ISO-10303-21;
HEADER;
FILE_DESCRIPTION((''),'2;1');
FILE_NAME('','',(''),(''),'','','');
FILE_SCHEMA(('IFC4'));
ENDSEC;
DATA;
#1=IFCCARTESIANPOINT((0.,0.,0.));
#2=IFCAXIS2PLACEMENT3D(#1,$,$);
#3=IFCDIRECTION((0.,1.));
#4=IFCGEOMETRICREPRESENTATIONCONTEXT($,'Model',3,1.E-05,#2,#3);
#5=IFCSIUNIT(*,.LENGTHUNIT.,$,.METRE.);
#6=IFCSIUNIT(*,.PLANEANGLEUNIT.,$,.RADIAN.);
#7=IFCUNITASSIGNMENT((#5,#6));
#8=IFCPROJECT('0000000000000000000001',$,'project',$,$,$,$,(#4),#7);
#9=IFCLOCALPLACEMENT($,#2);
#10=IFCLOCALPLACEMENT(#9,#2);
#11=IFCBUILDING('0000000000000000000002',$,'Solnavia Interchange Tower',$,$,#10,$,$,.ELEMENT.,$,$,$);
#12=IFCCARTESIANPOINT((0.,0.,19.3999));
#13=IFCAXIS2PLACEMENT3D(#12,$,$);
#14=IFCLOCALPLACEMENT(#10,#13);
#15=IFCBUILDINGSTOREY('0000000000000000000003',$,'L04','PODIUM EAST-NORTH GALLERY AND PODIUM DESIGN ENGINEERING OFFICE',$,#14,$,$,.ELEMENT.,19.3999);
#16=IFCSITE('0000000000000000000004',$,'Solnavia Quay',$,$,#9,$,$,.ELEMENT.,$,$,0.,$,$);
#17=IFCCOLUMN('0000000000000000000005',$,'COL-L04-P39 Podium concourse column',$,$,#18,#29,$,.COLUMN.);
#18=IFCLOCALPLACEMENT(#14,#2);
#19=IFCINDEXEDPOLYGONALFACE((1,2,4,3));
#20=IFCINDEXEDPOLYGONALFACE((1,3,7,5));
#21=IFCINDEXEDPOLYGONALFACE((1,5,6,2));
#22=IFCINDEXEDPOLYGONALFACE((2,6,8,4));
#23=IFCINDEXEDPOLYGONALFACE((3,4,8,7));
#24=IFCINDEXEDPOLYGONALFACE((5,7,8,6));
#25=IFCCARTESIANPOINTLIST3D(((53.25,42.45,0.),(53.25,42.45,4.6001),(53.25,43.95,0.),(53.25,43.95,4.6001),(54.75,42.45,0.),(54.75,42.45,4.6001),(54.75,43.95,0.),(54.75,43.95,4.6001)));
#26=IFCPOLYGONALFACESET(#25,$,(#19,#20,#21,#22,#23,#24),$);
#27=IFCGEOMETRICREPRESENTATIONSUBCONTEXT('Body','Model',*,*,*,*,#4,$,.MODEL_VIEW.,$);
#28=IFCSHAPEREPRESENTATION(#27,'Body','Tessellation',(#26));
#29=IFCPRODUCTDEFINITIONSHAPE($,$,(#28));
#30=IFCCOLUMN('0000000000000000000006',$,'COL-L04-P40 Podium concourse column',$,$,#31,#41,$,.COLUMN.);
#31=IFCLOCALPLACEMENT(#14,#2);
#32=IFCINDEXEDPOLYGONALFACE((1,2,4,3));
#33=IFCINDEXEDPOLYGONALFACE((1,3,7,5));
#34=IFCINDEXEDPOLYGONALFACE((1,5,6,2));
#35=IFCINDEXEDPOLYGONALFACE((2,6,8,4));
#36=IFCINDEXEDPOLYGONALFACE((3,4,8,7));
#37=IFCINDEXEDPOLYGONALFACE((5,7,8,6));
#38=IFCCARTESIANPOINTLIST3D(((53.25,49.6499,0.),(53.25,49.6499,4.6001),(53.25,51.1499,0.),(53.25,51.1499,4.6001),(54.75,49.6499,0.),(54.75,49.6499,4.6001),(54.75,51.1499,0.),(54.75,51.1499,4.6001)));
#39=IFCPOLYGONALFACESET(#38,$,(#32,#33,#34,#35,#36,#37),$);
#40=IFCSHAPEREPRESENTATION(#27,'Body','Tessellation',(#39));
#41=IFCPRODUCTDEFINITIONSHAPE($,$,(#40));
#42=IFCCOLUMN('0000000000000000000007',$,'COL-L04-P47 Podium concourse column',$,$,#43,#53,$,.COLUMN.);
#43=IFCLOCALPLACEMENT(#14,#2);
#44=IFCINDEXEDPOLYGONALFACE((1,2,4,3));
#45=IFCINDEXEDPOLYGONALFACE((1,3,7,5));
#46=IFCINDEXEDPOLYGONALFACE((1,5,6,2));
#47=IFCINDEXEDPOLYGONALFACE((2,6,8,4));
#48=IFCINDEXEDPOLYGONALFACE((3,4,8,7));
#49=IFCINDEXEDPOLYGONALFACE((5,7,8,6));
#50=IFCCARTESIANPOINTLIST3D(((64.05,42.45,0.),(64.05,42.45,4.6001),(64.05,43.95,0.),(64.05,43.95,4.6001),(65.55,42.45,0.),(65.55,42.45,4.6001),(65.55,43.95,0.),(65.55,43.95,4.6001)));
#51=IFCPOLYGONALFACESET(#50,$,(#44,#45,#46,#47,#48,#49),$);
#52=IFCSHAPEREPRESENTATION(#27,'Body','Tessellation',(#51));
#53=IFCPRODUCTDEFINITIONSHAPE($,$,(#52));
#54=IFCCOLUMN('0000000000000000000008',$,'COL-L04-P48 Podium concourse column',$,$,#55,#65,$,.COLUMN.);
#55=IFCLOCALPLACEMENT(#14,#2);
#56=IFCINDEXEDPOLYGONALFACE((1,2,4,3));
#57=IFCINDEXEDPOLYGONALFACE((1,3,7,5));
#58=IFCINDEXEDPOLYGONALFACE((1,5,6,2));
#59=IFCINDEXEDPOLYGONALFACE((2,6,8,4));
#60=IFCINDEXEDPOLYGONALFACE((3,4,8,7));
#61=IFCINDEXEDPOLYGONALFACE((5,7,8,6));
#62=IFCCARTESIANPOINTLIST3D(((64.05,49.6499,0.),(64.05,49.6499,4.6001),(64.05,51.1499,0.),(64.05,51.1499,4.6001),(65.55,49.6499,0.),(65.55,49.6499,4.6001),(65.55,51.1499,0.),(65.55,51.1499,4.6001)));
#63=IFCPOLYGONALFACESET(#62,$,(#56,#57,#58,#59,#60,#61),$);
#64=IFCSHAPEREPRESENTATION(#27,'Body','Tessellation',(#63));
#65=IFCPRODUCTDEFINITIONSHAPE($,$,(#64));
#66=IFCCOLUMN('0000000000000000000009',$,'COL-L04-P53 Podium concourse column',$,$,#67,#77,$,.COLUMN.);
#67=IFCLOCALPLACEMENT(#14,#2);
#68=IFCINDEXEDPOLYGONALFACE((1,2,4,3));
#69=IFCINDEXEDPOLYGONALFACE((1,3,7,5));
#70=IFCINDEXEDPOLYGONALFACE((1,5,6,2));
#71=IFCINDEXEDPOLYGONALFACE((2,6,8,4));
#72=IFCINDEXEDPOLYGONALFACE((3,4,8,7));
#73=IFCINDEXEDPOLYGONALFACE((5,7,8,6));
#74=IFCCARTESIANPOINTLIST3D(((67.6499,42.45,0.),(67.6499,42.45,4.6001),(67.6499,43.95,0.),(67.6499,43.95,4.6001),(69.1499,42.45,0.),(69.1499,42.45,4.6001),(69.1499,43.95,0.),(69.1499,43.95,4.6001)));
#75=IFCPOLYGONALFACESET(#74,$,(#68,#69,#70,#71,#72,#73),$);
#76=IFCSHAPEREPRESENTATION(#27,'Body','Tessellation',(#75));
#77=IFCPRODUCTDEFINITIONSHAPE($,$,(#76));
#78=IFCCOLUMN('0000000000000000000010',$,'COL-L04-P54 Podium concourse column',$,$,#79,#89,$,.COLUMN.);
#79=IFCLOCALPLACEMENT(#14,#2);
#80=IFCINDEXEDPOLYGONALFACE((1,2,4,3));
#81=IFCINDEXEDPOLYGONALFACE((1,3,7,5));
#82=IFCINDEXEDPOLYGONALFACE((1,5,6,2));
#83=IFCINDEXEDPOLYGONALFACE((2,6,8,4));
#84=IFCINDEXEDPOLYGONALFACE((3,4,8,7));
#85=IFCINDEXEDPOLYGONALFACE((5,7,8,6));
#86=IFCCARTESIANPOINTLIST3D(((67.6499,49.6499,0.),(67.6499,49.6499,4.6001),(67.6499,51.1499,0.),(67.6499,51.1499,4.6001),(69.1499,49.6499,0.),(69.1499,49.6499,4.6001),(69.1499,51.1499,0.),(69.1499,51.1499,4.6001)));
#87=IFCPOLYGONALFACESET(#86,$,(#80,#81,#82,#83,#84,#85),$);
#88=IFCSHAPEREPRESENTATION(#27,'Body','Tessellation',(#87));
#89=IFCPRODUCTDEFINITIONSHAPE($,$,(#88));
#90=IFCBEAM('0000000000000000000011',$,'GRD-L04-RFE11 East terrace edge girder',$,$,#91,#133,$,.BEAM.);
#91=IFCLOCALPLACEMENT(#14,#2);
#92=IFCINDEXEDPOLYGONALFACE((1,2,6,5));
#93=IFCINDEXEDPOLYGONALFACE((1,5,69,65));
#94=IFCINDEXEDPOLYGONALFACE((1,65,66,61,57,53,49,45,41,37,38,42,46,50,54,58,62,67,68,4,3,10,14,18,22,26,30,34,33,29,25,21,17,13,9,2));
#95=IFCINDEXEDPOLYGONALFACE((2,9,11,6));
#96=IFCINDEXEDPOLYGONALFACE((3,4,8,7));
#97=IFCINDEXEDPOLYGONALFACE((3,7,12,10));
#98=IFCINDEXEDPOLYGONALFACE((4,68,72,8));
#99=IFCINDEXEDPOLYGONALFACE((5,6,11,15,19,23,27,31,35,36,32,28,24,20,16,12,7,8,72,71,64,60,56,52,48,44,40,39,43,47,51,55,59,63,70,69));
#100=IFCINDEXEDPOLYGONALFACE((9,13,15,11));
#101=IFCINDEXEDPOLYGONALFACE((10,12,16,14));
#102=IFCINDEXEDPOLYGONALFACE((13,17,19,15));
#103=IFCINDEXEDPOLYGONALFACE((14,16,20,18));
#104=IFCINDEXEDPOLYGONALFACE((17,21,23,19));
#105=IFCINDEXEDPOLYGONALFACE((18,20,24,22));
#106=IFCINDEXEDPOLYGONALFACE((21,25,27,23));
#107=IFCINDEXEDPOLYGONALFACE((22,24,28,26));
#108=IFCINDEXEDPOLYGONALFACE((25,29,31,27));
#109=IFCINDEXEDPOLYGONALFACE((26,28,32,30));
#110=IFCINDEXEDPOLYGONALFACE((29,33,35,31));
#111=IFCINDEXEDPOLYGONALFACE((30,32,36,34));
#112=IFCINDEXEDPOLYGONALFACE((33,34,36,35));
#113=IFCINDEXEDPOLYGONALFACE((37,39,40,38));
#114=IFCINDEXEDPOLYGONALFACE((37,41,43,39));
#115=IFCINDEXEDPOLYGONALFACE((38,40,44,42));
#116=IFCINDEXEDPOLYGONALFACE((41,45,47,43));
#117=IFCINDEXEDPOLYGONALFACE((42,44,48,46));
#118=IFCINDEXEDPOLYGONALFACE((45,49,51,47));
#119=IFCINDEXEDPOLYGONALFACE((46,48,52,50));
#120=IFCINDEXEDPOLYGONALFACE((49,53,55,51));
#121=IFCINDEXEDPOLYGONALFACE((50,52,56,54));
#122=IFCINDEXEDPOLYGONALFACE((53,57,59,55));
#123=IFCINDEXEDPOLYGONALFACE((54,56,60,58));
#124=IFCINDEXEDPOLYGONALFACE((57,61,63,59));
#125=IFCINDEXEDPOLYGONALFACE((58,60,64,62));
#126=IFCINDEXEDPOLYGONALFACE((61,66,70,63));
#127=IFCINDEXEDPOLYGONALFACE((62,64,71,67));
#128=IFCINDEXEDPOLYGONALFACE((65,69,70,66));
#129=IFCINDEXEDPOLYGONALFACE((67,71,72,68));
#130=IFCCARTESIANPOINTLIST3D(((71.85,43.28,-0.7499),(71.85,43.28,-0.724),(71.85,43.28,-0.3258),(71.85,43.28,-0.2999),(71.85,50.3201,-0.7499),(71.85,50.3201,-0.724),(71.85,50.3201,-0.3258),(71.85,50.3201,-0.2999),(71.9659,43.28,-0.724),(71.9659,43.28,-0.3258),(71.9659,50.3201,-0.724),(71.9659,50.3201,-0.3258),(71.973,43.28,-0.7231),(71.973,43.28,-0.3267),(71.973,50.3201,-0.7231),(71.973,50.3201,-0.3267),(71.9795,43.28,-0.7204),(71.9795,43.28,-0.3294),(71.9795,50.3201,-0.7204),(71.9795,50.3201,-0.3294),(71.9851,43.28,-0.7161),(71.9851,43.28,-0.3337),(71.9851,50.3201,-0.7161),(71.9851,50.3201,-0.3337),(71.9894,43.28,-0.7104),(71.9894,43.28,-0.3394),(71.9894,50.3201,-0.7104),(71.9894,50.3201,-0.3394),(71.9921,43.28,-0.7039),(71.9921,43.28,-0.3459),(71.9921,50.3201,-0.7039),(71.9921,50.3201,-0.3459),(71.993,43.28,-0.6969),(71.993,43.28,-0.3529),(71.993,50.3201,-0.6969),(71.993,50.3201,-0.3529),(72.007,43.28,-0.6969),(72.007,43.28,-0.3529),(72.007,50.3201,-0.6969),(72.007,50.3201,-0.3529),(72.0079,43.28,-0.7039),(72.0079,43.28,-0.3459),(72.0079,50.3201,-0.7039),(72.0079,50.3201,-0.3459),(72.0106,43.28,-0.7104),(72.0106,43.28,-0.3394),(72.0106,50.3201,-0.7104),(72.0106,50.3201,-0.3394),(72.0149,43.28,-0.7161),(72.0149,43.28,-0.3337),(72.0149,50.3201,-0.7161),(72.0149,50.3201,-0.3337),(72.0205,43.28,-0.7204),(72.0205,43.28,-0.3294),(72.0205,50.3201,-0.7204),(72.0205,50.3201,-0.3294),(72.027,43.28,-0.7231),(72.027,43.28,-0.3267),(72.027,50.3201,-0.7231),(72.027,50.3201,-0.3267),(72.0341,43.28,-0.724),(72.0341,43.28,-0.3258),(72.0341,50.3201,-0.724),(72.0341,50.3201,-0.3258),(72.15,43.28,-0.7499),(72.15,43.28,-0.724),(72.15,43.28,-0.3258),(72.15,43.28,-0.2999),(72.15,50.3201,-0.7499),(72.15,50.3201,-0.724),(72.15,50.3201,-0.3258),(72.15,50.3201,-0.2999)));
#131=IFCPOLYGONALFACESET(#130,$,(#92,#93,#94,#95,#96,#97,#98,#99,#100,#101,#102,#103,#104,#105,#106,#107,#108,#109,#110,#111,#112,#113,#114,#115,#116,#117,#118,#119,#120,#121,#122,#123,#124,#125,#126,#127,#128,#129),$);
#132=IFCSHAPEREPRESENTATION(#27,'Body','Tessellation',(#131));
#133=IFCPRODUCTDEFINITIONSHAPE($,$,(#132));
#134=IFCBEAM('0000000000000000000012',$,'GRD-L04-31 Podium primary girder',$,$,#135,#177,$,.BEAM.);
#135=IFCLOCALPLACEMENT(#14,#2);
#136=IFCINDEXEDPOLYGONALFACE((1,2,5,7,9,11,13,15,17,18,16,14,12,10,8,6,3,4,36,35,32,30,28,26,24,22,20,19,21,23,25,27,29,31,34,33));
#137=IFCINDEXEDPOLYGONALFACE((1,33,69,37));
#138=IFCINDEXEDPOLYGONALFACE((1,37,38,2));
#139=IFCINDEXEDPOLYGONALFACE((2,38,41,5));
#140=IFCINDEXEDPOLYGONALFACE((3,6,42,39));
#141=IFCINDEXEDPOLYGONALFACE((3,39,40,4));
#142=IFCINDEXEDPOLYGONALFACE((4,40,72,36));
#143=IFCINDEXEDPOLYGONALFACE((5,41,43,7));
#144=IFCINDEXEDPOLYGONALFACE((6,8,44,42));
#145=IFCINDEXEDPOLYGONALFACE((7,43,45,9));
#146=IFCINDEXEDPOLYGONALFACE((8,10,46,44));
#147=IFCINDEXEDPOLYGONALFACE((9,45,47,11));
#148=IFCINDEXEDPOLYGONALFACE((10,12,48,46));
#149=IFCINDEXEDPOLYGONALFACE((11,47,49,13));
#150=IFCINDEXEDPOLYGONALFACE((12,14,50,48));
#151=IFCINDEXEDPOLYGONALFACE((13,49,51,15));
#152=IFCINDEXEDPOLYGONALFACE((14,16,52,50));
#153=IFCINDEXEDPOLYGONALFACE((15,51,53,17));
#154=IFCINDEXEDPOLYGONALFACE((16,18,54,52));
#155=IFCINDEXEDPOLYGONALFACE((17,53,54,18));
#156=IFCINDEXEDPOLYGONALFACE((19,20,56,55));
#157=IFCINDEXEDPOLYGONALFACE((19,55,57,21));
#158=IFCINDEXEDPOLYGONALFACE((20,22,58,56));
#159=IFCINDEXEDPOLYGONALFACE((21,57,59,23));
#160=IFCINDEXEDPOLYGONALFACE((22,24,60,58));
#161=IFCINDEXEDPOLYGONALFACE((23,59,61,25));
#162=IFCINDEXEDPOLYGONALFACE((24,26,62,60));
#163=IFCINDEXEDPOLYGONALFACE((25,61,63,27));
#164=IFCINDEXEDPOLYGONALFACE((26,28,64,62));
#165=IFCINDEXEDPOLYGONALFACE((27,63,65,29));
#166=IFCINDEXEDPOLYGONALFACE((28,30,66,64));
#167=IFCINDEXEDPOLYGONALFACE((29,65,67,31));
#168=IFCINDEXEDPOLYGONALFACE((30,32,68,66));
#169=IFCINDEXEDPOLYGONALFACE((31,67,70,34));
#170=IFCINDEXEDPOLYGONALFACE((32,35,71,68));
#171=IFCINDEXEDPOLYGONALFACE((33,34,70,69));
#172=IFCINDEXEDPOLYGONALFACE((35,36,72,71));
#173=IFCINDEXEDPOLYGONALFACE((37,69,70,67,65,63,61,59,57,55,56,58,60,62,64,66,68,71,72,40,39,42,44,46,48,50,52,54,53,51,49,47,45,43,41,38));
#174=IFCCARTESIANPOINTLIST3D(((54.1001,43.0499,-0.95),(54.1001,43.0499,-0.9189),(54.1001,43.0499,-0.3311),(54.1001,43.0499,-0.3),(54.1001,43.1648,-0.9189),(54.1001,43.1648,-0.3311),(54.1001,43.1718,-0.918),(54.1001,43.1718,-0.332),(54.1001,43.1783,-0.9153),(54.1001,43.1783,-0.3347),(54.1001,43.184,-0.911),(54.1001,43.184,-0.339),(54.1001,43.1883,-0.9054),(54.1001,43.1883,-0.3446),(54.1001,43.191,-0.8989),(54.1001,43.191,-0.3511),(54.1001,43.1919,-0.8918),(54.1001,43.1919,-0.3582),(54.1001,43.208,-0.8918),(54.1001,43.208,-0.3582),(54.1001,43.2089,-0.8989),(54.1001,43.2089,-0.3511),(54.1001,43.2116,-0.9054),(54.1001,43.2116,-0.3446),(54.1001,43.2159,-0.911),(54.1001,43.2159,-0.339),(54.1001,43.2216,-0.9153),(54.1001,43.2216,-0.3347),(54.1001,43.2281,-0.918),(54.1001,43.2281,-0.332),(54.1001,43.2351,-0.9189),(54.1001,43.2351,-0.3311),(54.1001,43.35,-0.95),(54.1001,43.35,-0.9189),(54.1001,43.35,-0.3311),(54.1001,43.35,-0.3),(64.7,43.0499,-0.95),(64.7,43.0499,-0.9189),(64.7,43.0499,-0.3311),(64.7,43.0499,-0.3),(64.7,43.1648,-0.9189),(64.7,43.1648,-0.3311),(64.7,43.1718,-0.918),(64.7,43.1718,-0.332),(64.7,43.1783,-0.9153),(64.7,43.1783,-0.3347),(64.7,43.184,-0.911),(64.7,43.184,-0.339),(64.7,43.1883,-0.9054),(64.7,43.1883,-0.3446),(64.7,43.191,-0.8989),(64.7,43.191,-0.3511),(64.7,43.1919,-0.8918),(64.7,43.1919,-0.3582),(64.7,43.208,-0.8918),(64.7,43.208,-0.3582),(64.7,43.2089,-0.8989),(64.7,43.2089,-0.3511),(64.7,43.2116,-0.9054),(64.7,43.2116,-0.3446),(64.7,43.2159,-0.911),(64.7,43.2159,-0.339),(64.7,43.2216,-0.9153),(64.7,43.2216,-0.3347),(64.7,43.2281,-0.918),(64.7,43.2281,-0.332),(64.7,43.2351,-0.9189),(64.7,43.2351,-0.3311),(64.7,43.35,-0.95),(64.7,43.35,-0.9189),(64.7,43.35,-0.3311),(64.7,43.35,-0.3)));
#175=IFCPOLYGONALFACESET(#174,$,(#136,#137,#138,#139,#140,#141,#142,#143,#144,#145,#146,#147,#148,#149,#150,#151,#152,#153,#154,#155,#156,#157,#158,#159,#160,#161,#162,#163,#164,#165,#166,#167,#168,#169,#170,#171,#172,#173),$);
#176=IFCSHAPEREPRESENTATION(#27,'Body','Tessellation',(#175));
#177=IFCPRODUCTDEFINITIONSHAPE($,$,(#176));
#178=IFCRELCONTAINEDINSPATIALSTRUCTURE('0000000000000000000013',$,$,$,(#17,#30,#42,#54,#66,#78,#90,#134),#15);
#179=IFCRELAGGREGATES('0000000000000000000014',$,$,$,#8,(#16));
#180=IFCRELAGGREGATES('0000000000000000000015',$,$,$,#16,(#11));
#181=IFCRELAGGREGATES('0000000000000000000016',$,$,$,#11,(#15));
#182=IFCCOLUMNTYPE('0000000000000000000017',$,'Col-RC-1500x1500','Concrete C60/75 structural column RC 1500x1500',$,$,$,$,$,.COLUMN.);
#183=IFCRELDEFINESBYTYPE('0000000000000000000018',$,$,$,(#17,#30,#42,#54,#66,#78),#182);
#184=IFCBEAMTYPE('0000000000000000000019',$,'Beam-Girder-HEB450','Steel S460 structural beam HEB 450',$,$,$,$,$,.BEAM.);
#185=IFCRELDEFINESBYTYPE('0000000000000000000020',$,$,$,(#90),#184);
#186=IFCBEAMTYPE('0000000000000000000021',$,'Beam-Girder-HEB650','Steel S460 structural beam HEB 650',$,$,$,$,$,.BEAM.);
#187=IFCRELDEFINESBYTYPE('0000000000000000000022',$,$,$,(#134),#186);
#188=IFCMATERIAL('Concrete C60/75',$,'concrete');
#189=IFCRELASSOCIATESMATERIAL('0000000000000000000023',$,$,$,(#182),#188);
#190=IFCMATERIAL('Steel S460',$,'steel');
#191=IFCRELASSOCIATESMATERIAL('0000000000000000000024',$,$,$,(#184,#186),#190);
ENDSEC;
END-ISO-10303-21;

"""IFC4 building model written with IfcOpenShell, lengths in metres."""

from ifc_helpers import new_model, si_unit, direction, frame, origin, origin_2d, place, context, subcontext, project, spatial, rectangle, i_section, extrude, material, material_profile, profile_set, type_object, element, save


model = new_model("IFC4")

# Units and contexts
model_context = context("Model", 3, precision=1e-05, world=origin(), true_north=direction((0.0, 1.0)))
body_context = subcontext(model_context, "Body", "Model", "MODEL_VIEW")
ifc_project = project(units=[si_unit("LENGTHUNIT", "METRE"), si_unit("PLANEANGLEUNIT", "RADIAN")], contexts=[model_context])

# Site, building, storey
site_placement = place(None, origin())
site = spatial("IfcSite", under=ifc_project, at=site_placement, Name="Solnavia Quay", CompositionType="ELEMENT", RefElevation=0.0)
building_placement = place(site_placement, origin())
building = spatial("IfcBuilding", under=site, at=building_placement, Name="Solnavia Interchange Tower", CompositionType="ELEMENT")
storey_placement = place(building_placement, frame((0.0, 0.0, 19.3999)))
storey = spatial("IfcBuildingStorey", under=building, at=storey_placement, Name="L04", Description="PODIUM EAST-NORTH GALLERY AND PODIUM DESIGN ENGINEERING OFFICE", CompositionType="ELEMENT", Elevation=19.3999)

# Columns
ifc_material_1 = material(Name="Concrete C60/75", Category="concrete")
ifc_material_profile_1 = material_profile(ifc_material_1, rectangle(XDim=1.5, YDim=1.5, at=origin_2d()), Name="RC 1500x1500")
ifc_profile_set_1 = profile_set([ifc_material_profile_1], Name="Concrete C60/75")
column_type = type_object("IfcColumnType", Name="Col-RC-1500x1500", Description="Concrete C60/75 structural column RC 1500x1500", PredefinedType="COLUMN", material=ifc_profile_set_1)
for number, where, z_axis, x_axis, name in (
    (1, (54.0, 43.2, 0.0), (0.0, 0.0, 1.0), (1.0, 0.0, 0.0), "COL-L04-P39 Podium concourse column"),
    (2, (54.0, 50.3999, 0.0), (0.0, 0.0, 1.0), (1.0, 0.0, 0.0), "COL-L04-P40 Podium concourse column"),
    (3, (64.8, 43.2, 0.0), (0.0, 0.0, 1.0), (1.0, 0.0, 0.0), "COL-L04-P47 Podium concourse column"),
    (4, (64.8, 50.3999, 0.0), (0.0, 0.0, 1.0), (1.0, 0.0, 0.0), "COL-L04-P48 Podium concourse column"),
    (5, (68.3999, 43.2, 0.0), (0.0, 0.0, 1.0), (1.0, 0.0, 0.0), "COL-L04-P53 Podium concourse column"),
    (6, (68.3999, 50.3999, 0.0), (0.0, 0.0, 1.0), (1.0, 0.0, 0.0), "COL-L04-P54 Podium concourse column"),
):
    element("IfcColumn", number, at=place(storey_placement, frame(where, z_axis=z_axis, x_axis=x_axis)), inside=storey, type_object=column_type, Name=name, PredefinedType="COLUMN", context=body_context, shape_type="SweptSolid", body=[
        extrude(rectangle(XDim=1.5, YDim=1.5, at=origin_2d()), origin(), (0.0, 0.0, 1.0), 4.6001),
    ])

# Beams
ifc_material_2 = material(Name="Steel S460", Category="steel")
ifc_material_profile_2 = material_profile(ifc_material_2, i_section(OverallWidth=0.3, OverallDepth=0.45, WebThickness=0.0139, FlangeThickness=0.0259, FilletRadius=0.0271, at=origin_2d()), Name="HEB 450")
ifc_profile_set_2 = profile_set([ifc_material_profile_2], Name="Steel S460")
beam_type_1 = type_object("IfcBeamType", Name="Beam-Girder-HEB450", Description="Steel S460 structural beam HEB 450", PredefinedType="BEAM", material=ifc_profile_set_2)
beam_placement = place(storey_placement, frame((72.0, 43.28, -0.5249), z_axis=(0.0, 1.0, 0.0), x_axis=(-1.0, 0.0, 0.0)))
element("IfcBeam", 7, at=beam_placement, inside=storey, type_object=beam_type_1, Name="GRD-L04-RFE11 East terrace edge girder", PredefinedType="BEAM", context=body_context, shape_type="SweptSolid", body=[
    extrude(i_section(OverallWidth=0.3, OverallDepth=0.45, WebThickness=0.0139, FlangeThickness=0.0259, FilletRadius=0.0271, at=origin_2d()), origin(), (0.0, 0.0, 1.0), 7.04),
])
ifc_material_profile_3 = material_profile(ifc_material_2, i_section(OverallWidth=0.3, OverallDepth=0.6499, WebThickness=0.0161, FlangeThickness=0.031, FilletRadius=0.0271, at=origin_2d()), Name="HEB 650")
ifc_profile_set_3 = profile_set([ifc_material_profile_3], Name="Steel S460")
beam_type_2 = type_object("IfcBeamType", Name="Beam-Girder-HEB650", Description="Steel S460 structural beam HEB 650", PredefinedType="BEAM", material=ifc_profile_set_3)
for number, where, z_axis, x_axis, name in (
    (8, (54.1001, 43.2, -0.625), (1.0, 0.0, 0.0), (0.0, 1.0, 0.0), "GRD-L04-31 Podium primary girder"),
):
    element("IfcBeam", number, at=place(storey_placement, frame(where, z_axis=z_axis, x_axis=x_axis)), inside=storey, type_object=beam_type_2, Name=name, PredefinedType="BEAM", context=body_context, shape_type="SweptSolid", body=[
        extrude(i_section(OverallWidth=0.3, OverallDepth=0.6499, WebThickness=0.0161, FlangeThickness=0.031, FilletRadius=0.0271, at=origin_2d()), origin(), (0.0, 0.0, 1.0), 10.5999),
    ])

save(model, "model.ifc")
